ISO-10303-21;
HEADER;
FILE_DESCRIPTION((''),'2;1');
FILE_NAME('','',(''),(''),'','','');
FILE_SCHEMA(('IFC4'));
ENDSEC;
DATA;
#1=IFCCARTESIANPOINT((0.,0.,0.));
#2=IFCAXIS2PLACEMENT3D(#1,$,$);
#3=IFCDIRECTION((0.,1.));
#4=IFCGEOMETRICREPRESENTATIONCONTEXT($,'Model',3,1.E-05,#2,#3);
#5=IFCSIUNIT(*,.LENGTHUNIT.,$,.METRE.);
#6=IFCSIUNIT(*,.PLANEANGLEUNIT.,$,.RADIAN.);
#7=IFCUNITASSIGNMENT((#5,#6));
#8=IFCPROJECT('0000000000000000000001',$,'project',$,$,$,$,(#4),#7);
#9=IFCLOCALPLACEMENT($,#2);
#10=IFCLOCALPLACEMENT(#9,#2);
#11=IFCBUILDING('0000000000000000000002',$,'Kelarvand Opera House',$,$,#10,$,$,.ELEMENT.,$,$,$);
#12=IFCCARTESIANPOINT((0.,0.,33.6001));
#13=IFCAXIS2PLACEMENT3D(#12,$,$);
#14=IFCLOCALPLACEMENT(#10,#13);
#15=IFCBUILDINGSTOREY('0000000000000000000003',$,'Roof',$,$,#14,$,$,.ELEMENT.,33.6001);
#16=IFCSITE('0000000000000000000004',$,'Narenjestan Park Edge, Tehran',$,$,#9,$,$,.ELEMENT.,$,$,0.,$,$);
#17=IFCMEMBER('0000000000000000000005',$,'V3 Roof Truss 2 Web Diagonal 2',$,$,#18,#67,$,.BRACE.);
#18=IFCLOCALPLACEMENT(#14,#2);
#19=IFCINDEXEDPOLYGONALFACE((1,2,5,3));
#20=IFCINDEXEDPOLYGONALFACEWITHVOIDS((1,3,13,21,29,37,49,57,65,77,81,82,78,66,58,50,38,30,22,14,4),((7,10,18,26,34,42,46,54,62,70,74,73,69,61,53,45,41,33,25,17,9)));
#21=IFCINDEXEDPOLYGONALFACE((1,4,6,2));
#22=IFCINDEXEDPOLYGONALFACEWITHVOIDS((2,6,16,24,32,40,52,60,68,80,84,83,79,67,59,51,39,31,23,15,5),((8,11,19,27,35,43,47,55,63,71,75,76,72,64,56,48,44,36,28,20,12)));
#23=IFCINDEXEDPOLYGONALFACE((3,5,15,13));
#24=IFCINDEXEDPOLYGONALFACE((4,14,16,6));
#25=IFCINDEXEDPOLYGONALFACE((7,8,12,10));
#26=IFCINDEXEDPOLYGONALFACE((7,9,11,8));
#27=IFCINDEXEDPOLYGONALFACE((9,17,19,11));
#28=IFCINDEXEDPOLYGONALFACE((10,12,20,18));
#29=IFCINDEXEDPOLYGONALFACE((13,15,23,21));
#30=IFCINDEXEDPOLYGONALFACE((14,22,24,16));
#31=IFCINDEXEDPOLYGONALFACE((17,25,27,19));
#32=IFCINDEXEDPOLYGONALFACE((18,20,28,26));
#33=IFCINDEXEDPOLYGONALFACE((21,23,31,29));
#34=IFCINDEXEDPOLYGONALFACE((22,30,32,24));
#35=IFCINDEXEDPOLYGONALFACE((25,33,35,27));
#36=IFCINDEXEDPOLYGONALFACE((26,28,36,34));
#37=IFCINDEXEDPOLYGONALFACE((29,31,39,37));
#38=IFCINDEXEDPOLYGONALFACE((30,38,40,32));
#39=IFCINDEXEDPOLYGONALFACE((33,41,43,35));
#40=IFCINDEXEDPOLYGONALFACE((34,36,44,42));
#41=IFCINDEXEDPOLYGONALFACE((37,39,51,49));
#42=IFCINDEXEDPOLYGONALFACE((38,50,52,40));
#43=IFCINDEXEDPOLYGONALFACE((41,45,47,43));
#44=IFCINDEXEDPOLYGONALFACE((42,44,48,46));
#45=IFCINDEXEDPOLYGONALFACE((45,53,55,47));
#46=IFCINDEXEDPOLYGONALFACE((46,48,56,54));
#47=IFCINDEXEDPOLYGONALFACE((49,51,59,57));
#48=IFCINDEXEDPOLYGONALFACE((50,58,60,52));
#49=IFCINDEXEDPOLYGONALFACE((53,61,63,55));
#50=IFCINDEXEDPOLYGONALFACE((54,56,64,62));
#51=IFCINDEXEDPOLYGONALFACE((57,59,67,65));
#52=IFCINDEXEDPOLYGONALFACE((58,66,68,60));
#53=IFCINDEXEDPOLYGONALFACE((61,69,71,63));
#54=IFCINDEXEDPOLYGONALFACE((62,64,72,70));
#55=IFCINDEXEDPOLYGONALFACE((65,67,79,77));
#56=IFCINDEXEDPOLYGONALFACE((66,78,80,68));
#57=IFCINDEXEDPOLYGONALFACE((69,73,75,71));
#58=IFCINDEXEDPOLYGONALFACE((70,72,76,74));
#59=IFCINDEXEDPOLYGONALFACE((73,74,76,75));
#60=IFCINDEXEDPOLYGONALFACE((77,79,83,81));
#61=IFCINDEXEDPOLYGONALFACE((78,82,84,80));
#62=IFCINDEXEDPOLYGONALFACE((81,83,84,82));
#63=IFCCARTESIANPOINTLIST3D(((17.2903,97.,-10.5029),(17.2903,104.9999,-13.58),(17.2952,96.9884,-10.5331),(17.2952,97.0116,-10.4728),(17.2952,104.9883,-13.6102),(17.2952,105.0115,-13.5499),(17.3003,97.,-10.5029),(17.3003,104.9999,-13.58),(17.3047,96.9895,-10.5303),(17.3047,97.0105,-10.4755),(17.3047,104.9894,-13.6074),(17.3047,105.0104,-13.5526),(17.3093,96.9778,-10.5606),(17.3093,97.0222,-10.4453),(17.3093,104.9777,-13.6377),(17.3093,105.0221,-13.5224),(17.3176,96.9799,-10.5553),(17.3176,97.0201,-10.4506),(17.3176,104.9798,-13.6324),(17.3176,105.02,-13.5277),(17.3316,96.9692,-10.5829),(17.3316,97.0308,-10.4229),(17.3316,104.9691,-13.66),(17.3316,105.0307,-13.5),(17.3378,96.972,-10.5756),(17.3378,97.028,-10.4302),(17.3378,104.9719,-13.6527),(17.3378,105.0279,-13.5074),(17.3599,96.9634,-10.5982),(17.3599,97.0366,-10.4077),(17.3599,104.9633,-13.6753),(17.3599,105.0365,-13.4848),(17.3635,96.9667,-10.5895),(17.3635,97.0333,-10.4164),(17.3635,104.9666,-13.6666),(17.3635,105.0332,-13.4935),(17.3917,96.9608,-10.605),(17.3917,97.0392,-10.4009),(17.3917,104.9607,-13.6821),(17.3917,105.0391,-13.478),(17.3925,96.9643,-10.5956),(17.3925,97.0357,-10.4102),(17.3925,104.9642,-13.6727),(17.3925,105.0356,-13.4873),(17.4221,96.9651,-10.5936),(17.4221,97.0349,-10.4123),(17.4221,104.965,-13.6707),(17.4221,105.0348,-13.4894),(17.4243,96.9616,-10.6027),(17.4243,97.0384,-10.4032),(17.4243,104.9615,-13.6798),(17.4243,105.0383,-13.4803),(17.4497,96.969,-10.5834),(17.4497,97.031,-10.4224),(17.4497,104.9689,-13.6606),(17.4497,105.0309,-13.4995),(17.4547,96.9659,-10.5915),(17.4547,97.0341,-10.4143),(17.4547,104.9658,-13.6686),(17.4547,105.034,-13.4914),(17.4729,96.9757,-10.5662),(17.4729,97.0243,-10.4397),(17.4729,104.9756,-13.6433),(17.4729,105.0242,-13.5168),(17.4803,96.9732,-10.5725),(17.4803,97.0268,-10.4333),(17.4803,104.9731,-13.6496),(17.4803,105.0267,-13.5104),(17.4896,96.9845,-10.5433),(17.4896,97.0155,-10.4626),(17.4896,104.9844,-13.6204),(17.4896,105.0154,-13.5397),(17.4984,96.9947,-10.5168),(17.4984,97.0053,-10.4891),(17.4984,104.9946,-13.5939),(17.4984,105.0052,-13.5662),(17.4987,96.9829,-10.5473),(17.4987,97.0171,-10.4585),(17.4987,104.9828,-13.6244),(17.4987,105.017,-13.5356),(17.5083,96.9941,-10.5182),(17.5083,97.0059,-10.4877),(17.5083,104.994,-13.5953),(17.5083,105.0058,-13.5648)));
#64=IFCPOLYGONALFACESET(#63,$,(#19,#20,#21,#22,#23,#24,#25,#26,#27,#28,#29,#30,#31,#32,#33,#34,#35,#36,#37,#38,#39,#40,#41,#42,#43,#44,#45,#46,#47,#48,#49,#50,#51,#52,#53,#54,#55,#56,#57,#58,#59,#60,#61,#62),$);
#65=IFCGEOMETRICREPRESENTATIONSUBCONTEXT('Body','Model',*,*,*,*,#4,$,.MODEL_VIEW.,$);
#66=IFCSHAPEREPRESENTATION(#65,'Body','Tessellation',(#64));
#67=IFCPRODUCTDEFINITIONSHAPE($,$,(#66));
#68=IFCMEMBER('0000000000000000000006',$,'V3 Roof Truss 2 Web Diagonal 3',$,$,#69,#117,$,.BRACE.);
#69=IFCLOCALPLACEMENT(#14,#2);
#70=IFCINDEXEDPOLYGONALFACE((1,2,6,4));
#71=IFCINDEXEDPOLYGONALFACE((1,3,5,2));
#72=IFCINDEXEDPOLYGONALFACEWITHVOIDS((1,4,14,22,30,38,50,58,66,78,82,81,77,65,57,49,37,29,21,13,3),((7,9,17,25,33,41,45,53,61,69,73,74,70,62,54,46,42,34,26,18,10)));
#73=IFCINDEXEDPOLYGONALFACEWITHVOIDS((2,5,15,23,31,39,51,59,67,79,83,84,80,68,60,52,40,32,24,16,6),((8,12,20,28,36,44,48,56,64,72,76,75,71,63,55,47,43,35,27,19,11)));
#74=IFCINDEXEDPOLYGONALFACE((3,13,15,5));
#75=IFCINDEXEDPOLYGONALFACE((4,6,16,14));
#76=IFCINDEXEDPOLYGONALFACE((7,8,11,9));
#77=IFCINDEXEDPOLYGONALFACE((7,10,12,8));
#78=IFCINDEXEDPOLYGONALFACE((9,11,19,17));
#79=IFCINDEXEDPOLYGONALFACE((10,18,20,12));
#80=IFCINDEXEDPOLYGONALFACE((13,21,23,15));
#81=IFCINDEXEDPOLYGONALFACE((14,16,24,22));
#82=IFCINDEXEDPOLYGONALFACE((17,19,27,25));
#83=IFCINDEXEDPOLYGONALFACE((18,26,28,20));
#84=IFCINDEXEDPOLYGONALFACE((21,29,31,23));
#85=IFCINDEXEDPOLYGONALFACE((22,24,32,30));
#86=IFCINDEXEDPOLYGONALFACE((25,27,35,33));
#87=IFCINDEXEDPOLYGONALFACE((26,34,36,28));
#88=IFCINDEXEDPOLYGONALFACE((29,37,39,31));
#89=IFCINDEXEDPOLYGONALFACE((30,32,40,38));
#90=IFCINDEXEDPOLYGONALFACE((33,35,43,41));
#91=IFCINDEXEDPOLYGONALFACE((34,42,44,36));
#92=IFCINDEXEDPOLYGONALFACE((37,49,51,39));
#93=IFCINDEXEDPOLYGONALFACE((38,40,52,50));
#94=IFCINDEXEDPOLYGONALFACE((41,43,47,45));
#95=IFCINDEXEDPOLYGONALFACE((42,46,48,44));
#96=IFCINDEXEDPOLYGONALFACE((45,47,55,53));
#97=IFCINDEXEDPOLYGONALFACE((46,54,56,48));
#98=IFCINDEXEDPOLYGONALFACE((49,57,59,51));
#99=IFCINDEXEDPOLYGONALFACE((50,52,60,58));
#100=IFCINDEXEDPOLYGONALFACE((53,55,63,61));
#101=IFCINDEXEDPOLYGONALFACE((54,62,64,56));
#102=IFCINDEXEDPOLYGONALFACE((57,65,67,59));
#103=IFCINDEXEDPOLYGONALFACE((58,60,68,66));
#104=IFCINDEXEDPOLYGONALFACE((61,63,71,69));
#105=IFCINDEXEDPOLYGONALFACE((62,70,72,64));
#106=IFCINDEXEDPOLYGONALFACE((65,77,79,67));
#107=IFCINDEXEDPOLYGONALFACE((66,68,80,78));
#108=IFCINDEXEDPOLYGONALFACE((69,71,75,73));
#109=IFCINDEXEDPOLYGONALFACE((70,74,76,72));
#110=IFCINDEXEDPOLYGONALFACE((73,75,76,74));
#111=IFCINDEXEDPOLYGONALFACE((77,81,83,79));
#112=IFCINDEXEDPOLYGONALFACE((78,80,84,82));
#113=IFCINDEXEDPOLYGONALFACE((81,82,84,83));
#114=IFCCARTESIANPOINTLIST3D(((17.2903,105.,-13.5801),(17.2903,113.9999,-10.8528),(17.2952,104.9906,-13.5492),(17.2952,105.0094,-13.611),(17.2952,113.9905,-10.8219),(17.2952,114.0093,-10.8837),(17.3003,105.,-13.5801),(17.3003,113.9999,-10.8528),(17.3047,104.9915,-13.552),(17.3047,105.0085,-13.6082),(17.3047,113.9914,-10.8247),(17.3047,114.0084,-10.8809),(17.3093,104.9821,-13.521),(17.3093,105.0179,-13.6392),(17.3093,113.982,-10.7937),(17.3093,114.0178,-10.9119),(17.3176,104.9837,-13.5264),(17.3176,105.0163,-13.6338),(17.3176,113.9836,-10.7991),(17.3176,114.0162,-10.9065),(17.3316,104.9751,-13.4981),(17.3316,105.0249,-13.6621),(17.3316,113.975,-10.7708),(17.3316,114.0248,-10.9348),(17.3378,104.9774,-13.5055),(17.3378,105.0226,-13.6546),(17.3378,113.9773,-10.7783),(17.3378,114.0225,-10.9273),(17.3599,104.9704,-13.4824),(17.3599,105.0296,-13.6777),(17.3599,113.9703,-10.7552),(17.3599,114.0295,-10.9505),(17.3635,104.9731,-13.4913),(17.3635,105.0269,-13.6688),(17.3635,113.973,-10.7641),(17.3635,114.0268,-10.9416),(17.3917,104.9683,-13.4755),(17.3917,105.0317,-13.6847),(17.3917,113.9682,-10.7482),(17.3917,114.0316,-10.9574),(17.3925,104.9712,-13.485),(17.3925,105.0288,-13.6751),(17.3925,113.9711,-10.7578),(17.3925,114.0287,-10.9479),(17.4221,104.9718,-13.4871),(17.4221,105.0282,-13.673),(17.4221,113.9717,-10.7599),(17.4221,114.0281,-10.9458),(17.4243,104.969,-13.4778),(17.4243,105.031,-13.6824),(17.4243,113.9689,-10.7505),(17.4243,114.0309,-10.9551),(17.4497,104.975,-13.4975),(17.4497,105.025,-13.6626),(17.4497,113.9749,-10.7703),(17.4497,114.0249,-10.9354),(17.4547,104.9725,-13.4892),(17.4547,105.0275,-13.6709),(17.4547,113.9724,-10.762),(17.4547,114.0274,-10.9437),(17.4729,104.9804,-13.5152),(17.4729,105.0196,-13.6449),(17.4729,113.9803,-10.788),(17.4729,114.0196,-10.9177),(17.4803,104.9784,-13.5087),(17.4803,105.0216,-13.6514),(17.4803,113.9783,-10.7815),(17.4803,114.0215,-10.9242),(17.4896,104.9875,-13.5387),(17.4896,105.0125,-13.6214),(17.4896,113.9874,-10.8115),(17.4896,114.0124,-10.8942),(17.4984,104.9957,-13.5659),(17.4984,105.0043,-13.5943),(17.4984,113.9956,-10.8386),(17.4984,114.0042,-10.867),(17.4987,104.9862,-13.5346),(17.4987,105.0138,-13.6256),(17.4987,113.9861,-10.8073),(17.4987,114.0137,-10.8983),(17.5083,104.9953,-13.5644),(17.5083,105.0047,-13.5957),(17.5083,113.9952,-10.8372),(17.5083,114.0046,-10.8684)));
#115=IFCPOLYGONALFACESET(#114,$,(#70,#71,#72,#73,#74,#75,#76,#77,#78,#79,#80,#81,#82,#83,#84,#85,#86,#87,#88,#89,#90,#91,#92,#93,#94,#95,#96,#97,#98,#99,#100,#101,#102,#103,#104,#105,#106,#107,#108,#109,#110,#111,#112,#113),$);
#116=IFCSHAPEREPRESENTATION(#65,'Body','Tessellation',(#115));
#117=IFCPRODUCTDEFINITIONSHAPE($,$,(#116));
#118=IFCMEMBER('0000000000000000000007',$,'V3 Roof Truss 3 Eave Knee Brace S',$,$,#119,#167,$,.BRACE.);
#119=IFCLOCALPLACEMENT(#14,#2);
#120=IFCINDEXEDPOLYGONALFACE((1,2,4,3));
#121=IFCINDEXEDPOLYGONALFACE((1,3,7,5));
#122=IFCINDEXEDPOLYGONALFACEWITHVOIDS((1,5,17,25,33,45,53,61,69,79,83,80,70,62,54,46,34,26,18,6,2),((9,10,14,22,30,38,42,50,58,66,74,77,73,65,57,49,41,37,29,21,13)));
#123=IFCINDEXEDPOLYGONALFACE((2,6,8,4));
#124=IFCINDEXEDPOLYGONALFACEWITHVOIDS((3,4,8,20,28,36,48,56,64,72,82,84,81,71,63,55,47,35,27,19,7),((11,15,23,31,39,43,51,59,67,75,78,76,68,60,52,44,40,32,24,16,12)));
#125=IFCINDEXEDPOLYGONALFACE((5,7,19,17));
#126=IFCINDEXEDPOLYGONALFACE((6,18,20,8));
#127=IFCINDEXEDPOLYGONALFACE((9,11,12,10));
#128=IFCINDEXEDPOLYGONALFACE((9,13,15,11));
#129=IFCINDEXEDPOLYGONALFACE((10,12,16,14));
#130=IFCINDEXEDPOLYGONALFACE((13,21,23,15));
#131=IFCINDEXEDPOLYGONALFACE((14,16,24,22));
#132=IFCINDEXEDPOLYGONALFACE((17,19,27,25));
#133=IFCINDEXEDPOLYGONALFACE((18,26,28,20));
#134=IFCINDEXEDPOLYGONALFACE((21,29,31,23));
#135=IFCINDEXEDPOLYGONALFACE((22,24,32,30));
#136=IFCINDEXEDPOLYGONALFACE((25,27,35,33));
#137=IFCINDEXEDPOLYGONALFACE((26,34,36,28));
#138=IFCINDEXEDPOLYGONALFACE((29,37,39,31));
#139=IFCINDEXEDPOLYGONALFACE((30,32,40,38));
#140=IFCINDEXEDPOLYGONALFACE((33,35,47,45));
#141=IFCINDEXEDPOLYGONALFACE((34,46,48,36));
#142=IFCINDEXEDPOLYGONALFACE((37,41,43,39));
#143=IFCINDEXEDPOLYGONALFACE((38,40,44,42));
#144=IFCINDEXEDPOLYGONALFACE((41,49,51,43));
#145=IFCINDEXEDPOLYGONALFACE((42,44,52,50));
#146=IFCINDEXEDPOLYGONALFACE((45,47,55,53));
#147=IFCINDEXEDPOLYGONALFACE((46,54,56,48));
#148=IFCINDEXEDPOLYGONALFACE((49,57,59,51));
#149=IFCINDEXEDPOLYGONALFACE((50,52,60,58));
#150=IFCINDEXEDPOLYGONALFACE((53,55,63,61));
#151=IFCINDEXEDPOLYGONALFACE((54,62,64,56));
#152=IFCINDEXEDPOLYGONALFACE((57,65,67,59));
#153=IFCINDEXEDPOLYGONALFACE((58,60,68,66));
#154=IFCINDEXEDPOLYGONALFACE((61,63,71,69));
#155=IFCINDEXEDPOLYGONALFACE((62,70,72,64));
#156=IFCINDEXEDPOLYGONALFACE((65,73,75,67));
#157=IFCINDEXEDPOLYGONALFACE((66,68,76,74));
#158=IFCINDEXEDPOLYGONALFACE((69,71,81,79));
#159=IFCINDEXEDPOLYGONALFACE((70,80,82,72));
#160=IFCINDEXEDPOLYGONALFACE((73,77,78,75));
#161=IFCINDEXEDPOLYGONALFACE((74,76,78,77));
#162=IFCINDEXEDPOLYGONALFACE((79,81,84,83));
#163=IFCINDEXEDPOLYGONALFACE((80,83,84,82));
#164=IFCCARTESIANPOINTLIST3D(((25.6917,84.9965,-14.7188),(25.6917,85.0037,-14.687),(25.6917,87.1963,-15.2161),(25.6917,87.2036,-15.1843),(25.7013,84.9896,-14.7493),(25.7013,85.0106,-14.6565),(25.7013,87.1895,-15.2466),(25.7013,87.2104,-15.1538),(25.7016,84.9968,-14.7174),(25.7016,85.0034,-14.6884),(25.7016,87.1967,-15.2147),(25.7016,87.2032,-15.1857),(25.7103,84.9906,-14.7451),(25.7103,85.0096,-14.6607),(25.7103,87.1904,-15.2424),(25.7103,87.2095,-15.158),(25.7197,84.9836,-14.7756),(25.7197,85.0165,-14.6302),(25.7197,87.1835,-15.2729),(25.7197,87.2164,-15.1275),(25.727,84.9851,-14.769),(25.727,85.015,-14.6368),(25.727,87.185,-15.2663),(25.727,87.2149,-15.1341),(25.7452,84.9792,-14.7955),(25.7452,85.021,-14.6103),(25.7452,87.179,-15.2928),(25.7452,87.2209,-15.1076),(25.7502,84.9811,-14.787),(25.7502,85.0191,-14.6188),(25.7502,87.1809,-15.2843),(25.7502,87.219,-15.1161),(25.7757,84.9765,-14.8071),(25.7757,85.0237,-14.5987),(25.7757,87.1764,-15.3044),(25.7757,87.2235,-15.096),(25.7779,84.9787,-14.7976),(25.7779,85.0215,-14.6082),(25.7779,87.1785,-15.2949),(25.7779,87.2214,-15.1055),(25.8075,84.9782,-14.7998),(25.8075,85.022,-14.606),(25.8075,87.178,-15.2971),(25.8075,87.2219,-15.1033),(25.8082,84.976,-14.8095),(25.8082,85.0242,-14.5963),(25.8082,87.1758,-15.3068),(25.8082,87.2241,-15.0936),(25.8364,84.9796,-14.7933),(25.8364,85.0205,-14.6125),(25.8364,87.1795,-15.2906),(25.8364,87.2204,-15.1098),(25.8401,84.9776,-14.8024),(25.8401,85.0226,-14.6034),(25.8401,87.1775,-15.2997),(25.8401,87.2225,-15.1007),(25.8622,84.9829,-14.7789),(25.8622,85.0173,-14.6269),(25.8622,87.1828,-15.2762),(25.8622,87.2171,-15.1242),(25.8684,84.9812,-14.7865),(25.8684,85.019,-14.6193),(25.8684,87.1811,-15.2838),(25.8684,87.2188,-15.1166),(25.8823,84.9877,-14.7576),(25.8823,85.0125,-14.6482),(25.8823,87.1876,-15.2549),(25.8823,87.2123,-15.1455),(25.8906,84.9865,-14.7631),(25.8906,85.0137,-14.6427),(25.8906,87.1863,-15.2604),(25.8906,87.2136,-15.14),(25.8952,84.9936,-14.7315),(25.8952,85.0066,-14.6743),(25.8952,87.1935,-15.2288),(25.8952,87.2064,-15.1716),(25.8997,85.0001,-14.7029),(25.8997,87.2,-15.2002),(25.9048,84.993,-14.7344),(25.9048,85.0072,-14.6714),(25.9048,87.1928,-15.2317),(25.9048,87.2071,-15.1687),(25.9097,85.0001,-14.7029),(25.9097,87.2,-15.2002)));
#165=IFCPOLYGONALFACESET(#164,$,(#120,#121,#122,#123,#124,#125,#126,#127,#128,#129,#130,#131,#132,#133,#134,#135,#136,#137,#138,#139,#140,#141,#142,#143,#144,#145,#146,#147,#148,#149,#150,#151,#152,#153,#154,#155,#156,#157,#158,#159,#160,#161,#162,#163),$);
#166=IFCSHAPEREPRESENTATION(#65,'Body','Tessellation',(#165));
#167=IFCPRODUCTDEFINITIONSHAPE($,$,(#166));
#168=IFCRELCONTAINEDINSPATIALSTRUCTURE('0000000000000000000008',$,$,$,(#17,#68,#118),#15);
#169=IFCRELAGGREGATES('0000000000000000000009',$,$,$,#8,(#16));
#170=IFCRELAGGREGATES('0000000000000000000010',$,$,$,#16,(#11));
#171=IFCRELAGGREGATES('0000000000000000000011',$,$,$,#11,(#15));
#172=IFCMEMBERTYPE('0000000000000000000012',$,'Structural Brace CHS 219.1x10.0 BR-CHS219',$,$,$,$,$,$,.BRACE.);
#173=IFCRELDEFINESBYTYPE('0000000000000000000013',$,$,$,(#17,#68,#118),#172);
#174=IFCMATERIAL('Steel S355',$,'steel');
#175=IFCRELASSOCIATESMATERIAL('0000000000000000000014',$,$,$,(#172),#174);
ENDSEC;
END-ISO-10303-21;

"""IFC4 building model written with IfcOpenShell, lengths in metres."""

from ifc_helpers import new_model, si_unit, direction, frame, origin, origin_2d, place, context, subcontext, project, spatial, hollow_circle, extrude, material, material_profile, profile_set, type_object, element, save


model = new_model("IFC4")

# Units and contexts
model_context = context("Model", 3, precision=1e-05, world=origin(), true_north=direction((0.0, 1.0)))
body_context = subcontext(model_context, "Body", "Model", "MODEL_VIEW")
ifc_project = project(units=[si_unit("LENGTHUNIT", "METRE"), si_unit("PLANEANGLEUNIT", "RADIAN")], contexts=[model_context])

# Site, building, storey
site_placement = place(None, origin())
site = spatial("IfcSite", under=ifc_project, at=site_placement, Name="Narenjestan Park Edge, Tehran", CompositionType="ELEMENT", RefElevation=0.0)
building_placement = place(site_placement, origin())
building = spatial("IfcBuilding", under=site, at=building_placement, Name="Kelarvand Opera House", CompositionType="ELEMENT")
storey_placement = place(building_placement, frame((0.0, 0.0, 33.6001)))
storey = spatial("IfcBuildingStorey", under=building, at=storey_placement, Name="Roof", CompositionType="ELEMENT", Elevation=33.6001)

# Members
ifc_material = material(Name="Steel S355", Category="steel")
ifc_material_profile_1 = material_profile(ifc_material, hollow_circle(Radius=0.1096, WallThickness=0.01, at=origin_2d()), Name="CHS 219.1x10.0", Category="steel")
ifc_profile_set_1 = profile_set([ifc_material_profile_1], Name="Steel S355")
member_type_1 = type_object("IfcMemberType", Name="Structural Brace CHS 219.1x10.0 BR-CHS219", PredefinedType="BRACE", material=ifc_profile_set_1)
member_1_placement = place(storey_placement, frame((17.3999, 97.0, -10.5029), z_axis=(0.0, 0.933337, -0.359002), x_axis=(-1.0, 0.0, 0.0)))
element("IfcMember", 1, at=member_1_placement, inside=storey, type_object=member_type_1, Name="V3 Roof Truss 2 Web Diagonal 2", PredefinedType="BRACE", context=body_context, shape_type="SweptSolid", body=[
    extrude(hollow_circle(Radius=0.1096, WallThickness=0.01, at=origin_2d()), origin(), (0.0, 0.0, 1.0), 8.5713),
])
member_2_placement = place(storey_placement, frame((17.3999, 105.0, -13.5801), z_axis=(0.0, 0.957024, 0.29001), x_axis=(-1.0, 0.0, 0.0)))
element("IfcMember", 2, at=member_2_placement, inside=storey, type_object=member_type_1, Name="V3 Roof Truss 2 Web Diagonal 3", PredefinedType="BRACE", context=body_context, shape_type="SweptSolid", body=[
    extrude(hollow_circle(Radius=0.1096, WallThickness=0.01, at=origin_2d()), origin(), (0.0, 0.0, 1.0), 9.4041),
])
member_3_placement = place(storey_placement, frame((25.8, 87.2, -15.2002), z_axis=(0.0, -0.975388, 0.220493), x_axis=(1.0, 0.0, 0.0)))
element("IfcMember", 3, at=member_3_placement, inside=storey, type_object=member_type_1, Name="V3 Roof Truss 3 Eave Knee Brace S", PredefinedType="BRACE", context=body_context, shape_type="SweptSolid", body=[
    extrude(hollow_circle(Radius=0.1096, WallThickness=0.01, at=origin_2d()), origin(), (0.0, 0.0, 1.0), 2.2554),
])

save(model, "model.ifc")
